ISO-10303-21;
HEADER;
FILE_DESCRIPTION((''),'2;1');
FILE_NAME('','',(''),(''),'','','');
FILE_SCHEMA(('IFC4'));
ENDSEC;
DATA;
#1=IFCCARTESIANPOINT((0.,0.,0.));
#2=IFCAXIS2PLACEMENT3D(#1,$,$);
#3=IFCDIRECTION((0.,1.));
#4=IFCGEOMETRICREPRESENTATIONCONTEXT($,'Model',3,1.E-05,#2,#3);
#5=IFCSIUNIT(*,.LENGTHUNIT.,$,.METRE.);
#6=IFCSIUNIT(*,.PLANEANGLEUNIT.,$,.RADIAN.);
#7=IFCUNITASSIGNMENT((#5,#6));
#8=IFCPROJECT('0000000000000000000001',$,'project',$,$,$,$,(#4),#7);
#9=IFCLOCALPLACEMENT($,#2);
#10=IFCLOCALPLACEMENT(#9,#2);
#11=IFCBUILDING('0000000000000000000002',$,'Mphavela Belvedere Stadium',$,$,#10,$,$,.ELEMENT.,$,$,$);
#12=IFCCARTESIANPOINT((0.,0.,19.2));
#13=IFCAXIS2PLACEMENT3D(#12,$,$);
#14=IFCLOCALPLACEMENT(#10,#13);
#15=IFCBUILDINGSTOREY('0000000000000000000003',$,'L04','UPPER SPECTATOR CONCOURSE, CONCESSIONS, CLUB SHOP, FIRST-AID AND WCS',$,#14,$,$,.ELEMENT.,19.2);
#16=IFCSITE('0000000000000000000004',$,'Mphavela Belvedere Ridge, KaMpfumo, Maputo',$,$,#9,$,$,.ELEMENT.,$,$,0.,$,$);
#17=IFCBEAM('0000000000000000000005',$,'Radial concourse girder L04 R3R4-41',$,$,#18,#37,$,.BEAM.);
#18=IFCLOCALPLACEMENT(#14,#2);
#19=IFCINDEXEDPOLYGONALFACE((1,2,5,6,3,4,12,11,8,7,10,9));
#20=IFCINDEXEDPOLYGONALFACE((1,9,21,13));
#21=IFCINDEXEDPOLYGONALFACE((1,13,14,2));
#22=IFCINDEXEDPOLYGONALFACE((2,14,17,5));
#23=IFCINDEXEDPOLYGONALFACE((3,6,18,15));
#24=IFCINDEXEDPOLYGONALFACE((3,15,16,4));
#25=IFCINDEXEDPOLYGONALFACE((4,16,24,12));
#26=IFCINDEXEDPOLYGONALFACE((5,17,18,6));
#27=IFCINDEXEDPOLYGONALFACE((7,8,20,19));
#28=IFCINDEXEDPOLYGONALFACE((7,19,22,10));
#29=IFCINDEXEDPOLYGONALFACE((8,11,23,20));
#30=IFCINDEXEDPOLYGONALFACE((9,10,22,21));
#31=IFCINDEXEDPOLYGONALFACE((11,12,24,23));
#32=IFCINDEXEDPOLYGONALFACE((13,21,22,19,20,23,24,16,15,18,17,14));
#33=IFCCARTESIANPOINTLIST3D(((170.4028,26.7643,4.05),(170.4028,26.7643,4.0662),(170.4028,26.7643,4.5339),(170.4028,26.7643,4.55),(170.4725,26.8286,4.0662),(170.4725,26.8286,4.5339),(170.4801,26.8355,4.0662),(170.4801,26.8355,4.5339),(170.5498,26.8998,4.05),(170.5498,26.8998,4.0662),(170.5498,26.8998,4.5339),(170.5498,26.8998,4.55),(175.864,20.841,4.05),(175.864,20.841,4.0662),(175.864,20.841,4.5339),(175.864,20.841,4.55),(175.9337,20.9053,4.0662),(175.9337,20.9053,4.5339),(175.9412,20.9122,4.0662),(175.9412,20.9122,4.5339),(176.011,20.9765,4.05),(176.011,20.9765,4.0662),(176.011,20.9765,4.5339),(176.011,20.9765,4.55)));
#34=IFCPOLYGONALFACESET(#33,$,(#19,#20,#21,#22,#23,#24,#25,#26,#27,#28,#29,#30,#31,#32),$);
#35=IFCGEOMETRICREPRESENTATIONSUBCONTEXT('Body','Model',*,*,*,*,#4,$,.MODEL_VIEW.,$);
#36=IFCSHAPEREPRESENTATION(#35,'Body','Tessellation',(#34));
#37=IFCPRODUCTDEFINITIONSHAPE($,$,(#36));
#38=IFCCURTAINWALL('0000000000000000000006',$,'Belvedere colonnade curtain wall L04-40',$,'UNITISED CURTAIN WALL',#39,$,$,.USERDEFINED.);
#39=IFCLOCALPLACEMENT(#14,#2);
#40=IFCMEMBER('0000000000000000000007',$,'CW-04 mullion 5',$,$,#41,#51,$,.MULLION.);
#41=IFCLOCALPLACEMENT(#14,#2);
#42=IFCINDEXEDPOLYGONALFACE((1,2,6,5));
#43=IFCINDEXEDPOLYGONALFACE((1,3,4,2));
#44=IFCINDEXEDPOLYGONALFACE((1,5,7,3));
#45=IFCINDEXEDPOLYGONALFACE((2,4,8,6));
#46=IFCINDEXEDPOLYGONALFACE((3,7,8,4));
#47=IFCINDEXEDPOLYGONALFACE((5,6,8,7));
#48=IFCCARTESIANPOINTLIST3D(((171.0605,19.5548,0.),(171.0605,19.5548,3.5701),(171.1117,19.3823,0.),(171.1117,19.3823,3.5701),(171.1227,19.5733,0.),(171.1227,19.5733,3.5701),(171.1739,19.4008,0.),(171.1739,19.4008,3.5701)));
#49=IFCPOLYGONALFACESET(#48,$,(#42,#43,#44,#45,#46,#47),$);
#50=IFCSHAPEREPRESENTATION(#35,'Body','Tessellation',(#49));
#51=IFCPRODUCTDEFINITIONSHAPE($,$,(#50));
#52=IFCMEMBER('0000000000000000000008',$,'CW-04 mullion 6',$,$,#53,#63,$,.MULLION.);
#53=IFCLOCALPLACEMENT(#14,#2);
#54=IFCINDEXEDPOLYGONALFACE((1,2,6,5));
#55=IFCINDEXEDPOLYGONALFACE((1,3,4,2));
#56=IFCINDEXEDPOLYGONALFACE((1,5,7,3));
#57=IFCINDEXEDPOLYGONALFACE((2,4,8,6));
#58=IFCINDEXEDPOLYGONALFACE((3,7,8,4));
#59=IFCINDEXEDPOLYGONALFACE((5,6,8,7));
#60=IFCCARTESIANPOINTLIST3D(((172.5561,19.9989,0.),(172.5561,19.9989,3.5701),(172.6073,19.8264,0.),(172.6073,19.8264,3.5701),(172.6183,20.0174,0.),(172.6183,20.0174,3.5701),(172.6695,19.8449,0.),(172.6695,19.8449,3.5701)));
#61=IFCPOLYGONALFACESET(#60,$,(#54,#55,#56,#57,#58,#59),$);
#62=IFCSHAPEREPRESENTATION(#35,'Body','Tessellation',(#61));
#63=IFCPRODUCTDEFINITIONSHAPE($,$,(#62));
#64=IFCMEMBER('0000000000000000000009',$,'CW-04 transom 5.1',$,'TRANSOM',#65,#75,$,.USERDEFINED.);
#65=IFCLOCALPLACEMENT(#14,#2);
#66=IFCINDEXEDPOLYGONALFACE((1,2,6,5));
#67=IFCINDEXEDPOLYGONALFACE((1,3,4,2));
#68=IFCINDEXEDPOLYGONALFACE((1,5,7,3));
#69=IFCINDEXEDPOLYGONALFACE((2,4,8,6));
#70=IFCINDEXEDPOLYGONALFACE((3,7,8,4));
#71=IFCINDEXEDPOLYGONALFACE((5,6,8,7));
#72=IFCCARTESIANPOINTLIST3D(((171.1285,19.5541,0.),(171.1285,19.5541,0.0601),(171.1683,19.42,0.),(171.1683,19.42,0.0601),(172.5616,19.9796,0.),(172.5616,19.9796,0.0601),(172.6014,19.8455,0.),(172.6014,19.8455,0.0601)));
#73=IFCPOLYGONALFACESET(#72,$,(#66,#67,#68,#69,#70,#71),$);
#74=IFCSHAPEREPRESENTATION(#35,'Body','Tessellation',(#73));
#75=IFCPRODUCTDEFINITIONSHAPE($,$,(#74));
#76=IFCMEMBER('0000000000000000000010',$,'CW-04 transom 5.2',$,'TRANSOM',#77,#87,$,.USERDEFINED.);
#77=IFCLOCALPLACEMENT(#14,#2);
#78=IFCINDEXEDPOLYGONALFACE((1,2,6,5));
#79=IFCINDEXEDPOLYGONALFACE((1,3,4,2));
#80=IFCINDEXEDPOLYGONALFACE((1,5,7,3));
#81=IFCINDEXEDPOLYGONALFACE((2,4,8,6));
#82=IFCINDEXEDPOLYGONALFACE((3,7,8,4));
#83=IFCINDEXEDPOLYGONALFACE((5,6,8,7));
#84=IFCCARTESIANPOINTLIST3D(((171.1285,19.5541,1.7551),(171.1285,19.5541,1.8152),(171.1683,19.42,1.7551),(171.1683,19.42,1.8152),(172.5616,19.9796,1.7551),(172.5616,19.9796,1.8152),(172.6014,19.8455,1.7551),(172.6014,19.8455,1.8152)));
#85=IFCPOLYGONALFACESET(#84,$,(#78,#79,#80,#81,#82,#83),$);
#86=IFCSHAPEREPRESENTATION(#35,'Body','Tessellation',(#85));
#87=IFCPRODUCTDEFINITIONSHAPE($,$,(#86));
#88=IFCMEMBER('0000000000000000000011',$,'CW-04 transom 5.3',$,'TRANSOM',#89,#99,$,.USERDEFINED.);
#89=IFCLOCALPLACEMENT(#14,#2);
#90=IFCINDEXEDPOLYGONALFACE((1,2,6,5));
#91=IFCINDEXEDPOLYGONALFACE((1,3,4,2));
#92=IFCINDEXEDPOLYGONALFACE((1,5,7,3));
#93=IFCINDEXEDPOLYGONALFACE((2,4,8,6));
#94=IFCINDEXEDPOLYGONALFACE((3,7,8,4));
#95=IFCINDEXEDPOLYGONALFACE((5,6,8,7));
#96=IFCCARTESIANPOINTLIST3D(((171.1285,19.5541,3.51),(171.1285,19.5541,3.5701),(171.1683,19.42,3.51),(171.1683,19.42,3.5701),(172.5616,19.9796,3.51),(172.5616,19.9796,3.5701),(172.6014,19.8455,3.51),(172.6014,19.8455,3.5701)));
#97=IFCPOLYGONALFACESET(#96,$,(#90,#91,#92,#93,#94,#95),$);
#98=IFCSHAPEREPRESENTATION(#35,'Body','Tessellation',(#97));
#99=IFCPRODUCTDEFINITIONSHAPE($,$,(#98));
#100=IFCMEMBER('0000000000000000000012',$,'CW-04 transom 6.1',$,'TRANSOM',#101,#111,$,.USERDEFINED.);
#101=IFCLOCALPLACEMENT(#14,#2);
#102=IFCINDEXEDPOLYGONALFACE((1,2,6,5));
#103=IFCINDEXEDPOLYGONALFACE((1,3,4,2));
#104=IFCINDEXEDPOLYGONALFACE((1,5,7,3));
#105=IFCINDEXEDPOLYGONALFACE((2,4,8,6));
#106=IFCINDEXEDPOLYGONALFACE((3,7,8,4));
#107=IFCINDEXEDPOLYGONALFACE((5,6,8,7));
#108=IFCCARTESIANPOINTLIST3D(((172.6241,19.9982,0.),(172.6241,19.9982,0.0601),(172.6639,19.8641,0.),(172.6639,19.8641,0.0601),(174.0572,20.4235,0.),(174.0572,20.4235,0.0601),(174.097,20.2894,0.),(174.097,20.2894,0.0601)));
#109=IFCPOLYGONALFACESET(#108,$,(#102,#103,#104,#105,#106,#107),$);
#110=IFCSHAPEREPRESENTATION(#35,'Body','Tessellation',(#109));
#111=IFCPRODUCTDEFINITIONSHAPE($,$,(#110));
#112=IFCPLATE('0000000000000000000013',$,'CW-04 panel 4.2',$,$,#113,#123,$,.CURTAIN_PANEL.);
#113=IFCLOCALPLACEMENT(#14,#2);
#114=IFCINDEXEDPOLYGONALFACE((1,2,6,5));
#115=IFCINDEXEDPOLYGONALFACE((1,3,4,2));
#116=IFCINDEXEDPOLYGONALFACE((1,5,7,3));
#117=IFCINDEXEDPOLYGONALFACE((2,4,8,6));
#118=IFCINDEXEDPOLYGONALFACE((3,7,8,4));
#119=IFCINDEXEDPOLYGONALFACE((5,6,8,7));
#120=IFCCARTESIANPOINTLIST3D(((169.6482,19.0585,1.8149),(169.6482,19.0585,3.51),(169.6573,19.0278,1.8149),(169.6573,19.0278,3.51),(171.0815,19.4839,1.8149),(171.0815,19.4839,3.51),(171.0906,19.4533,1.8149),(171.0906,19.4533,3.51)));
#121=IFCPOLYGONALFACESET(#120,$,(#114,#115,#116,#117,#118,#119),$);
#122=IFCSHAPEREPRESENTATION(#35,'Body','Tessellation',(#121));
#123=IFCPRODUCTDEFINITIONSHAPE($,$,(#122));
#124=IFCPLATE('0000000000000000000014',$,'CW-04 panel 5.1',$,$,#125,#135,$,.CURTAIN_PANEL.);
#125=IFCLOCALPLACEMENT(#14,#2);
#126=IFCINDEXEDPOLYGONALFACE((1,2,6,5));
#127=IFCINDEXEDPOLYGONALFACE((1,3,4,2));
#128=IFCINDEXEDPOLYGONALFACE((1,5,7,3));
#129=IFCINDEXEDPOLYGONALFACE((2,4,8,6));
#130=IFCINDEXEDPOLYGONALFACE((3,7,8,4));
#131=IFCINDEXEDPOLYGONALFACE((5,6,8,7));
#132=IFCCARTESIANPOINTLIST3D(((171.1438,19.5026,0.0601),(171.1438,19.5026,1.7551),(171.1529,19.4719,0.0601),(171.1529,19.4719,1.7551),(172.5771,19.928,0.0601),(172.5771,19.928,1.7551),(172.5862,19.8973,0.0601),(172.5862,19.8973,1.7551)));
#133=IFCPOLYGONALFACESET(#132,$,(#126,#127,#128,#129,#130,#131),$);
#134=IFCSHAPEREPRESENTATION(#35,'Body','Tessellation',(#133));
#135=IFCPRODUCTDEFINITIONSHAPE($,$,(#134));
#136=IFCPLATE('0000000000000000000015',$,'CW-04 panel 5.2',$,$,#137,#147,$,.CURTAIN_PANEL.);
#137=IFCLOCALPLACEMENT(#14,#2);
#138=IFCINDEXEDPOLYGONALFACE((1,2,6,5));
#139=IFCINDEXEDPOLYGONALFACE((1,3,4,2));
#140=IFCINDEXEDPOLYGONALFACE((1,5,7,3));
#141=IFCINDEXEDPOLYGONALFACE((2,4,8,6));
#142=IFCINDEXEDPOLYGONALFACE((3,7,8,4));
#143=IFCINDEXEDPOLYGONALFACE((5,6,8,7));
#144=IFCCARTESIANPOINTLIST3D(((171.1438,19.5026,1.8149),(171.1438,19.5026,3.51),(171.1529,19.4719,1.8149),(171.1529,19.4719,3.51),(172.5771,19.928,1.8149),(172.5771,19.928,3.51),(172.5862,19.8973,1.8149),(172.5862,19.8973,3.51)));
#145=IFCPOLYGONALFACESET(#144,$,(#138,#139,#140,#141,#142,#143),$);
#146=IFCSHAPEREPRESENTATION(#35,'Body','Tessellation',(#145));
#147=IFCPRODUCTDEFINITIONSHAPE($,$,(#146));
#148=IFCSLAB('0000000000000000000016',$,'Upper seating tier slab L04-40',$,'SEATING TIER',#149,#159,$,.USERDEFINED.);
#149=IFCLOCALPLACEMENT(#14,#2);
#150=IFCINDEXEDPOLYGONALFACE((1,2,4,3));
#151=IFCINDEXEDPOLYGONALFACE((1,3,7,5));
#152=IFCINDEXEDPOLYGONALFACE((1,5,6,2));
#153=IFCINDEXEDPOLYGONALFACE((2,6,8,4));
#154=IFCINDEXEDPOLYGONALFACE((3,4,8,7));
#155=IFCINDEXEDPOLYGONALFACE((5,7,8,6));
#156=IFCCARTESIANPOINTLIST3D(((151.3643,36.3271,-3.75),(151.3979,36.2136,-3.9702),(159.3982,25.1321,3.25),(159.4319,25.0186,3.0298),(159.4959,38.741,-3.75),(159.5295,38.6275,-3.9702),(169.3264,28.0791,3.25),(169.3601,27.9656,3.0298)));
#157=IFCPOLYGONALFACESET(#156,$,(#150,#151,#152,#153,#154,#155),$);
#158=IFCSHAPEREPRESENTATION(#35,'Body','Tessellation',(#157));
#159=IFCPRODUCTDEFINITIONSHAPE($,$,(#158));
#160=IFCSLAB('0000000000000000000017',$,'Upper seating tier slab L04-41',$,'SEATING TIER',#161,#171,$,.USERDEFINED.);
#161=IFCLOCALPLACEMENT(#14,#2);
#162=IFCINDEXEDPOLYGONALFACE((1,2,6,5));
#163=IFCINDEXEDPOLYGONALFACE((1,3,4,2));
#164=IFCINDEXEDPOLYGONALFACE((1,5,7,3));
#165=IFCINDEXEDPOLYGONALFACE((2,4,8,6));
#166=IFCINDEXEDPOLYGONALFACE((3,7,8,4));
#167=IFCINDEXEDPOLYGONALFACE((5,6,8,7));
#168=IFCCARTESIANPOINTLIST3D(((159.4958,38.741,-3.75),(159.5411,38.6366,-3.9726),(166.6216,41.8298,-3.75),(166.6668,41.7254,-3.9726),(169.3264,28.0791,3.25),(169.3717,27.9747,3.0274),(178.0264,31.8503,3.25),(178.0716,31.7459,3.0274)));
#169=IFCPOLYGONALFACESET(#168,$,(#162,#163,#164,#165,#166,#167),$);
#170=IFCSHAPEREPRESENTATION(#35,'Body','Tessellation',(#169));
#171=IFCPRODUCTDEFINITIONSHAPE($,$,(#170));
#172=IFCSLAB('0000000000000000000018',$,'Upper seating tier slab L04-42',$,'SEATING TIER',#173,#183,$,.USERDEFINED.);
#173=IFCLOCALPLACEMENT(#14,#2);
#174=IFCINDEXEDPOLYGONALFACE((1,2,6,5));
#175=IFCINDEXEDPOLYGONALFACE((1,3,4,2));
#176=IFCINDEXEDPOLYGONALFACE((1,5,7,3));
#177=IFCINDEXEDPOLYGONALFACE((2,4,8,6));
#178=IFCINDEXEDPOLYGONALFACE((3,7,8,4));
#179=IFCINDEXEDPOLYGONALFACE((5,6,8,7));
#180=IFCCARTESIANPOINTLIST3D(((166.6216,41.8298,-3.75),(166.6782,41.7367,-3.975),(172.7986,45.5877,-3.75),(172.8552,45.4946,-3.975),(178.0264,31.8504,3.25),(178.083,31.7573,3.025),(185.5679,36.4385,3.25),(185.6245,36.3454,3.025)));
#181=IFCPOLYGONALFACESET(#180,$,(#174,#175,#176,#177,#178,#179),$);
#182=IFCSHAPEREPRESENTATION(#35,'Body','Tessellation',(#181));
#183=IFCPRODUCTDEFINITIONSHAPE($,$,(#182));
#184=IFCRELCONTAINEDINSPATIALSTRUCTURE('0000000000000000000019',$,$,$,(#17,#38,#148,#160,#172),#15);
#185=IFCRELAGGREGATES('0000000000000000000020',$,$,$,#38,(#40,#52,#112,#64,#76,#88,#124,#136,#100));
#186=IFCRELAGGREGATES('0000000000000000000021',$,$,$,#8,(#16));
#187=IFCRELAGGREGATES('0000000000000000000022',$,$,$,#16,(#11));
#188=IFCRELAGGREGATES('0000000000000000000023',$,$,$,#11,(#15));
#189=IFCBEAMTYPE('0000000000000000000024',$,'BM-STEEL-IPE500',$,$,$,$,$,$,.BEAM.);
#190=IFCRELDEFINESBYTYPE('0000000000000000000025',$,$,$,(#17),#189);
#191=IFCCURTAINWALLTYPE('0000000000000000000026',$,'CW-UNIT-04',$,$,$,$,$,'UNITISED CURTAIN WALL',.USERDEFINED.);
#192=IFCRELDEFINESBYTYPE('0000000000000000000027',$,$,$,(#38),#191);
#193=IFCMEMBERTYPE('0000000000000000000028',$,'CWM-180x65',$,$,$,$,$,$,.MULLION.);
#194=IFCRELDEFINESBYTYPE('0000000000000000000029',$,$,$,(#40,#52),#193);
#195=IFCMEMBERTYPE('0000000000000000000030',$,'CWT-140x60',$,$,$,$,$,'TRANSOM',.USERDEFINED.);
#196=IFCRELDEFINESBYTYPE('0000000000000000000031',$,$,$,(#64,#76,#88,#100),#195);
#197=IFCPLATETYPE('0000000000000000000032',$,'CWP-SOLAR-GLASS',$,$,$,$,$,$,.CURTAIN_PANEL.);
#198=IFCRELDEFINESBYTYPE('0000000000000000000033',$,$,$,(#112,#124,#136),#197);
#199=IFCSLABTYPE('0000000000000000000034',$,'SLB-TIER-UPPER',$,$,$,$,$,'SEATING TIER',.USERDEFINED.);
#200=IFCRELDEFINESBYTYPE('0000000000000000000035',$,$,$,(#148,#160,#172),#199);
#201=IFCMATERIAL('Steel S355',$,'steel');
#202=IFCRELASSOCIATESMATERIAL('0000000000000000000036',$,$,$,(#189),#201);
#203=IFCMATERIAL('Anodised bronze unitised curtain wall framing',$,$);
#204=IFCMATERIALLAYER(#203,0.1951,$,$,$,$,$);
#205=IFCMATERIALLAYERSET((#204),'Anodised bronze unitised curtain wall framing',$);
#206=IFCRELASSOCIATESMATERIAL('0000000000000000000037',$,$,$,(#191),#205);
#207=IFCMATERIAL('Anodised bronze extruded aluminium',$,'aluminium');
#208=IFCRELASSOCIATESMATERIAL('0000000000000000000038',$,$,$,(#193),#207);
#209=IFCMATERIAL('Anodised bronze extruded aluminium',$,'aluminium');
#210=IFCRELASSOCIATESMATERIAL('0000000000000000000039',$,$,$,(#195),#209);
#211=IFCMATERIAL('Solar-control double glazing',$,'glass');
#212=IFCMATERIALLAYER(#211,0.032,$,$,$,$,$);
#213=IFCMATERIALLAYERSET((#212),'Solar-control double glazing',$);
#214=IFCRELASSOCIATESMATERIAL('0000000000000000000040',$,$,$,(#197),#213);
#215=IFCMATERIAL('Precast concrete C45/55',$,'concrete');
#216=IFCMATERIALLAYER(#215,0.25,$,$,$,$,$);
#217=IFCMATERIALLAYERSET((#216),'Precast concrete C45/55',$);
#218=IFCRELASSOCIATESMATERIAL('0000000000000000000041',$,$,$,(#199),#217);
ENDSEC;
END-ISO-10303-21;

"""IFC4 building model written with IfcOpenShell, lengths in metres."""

from ifc_helpers import new_model, si_unit, direction, frame, origin, origin_2d, place, context, subcontext, project, spatial, polyline, rectangle, i_section, outline, extrude, material, layer, layer_set, material_profile, profile_set, type_object, element, aggregate, save


model = new_model("IFC4")

# Units and contexts
model_context = context("Model", 3, precision=1e-05, world=origin(), true_north=direction((0.0, 1.0)))
body_context = subcontext(model_context, "Body", "Model", "MODEL_VIEW")
ifc_project = project(units=[si_unit("LENGTHUNIT", "METRE"), si_unit("PLANEANGLEUNIT", "RADIAN")], contexts=[model_context])

# Site, building, storey
site_placement = place(None, origin())
site = spatial("IfcSite", under=ifc_project, at=site_placement, Name="Mphavela Belvedere Ridge, KaMpfumo, Maputo", CompositionType="ELEMENT", RefElevation=0.0)
building_placement = place(site_placement, origin())
building = spatial("IfcBuilding", under=site, at=building_placement, Name="Mphavela Belvedere Stadium", CompositionType="ELEMENT")
storey_placement = place(building_placement, frame((0.0, 0.0, 19.2)))
storey = spatial("IfcBuildingStorey", under=building, at=storey_placement, Name="L04", Description="UPPER SPECTATOR CONCOURSE, CONCESSIONS, CLUB SHOP, FIRST-AID AND WCS", CompositionType="ELEMENT", Elevation=19.2)

# Beam
ifc_material_1 = material(Name="Steel S355", Category="steel")
ifc_material_profile_1 = material_profile(ifc_material_1, i_section(OverallWidth=0.2, OverallDepth=0.5, WebThickness=0.0103, FlangeThickness=0.0161, at=origin_2d()), Name="IPE 500")
ifc_profile_set_1 = profile_set([ifc_material_profile_1], Name="Steel S355")
beam_type_1 = type_object("IfcBeamType", Name="BM-STEEL-IPE500", PredefinedType="BEAM", material=ifc_profile_set_1)
beam_1_placement = place(storey_placement, frame((170.4763, 26.832, 4.3), z_axis=(0.677843, -0.735206, 0.0), x_axis=(0.735206, 0.677843, 0.0)))
element("IfcBeam", 1, at=beam_1_placement, inside=storey, type_object=beam_type_1, Name="Radial concourse girder L04 R3R4-41", PredefinedType="BEAM", context=body_context, shape_type="SweptSolid", body=[
    extrude(i_section(OverallWidth=0.2, OverallDepth=0.5, WebThickness=0.0103, FlangeThickness=0.0161, at=origin_2d()), origin(), (0.0, 0.0, 1.0), 8.0566),
])

# Curtain wall, members, plates
ifc_material_2 = material(Name="Anodised bronze unitised curtain wall framing")
ifc_layer_1 = layer(ifc_material_2, 0.1951)
ifc_layer_set_1 = layer_set([ifc_layer_1], Name="Anodised bronze unitised curtain wall framing")
curtain_wall_type = type_object("IfcCurtainWallType", Name="CW-UNIT-04", ElementType="UNITISED CURTAIN WALL", PredefinedType="USERDEFINED", material=ifc_layer_set_1)
curtain_wall_placement = place(storey_placement, origin())
curtain_wall = element("IfcCurtainWall", 2, at=curtain_wall_placement, inside=storey, type_object=curtain_wall_type, Name="Belvedere colonnade curtain wall L04-40", ObjectType="UNITISED CURTAIN WALL", PredefinedType="USERDEFINED")
ifc_material_3 = material(Name="Anodised bronze extruded aluminium", Category="aluminium")
ifc_material_profile_2 = material_profile(ifc_material_3, rectangle(XDim=0.1799, YDim=0.0649, at=origin_2d()), Name="CW-MUL 180x65")
ifc_profile_set_2 = profile_set([ifc_material_profile_2], Name="Anodised bronze extruded aluminium")
member_type_1 = type_object("IfcMemberType", Name="CWM-180x65", PredefinedType="MULLION", material=ifc_profile_set_2)
member_1_placement = place(storey_placement, frame((171.1172, 19.4778, 0.0), z_axis=(0.0, 0.0, 1.0), x_axis=(-0.284561, 0.958658, 0.0)))
member_1 = element("IfcMember", 3, at=member_1_placement, type_object=member_type_1, Name="CW-04 mullion 5", PredefinedType="MULLION", context=body_context, shape_type="SweptSolid", body=[
    extrude(rectangle(XDim=0.1799, YDim=0.0649, at=origin_2d()), origin(), (0.0, 0.0, 1.0), 3.5701),
])
member_2_placement = place(storey_placement, frame((172.6128, 19.9219, 0.0), z_axis=(0.0, 0.0, 1.0), x_axis=(-0.284561, 0.958658, 0.0)))
member_2 = element("IfcMember", 4, at=member_2_placement, type_object=member_type_1, Name="CW-04 mullion 6", PredefinedType="MULLION", context=body_context, shape_type="SweptSolid", body=[
    extrude(rectangle(XDim=0.1799, YDim=0.0649, at=origin_2d()), origin(), (0.0, 0.0, 1.0), 3.5701),
])
ifc_material_4 = material(Name="Anodised bronze extruded aluminium", Category="aluminium")
ifc_material_profile_3 = material_profile(ifc_material_4, rectangle(XDim=0.1399, YDim=0.0601, at=origin_2d()), Name="CW-TRN 140x60")
ifc_profile_set_3 = profile_set([ifc_material_profile_3], Name="Anodised bronze extruded aluminium")
member_type_2 = type_object("IfcMemberType", Name="CWT-140x60", ElementType="TRANSOM", PredefinedType="USERDEFINED", material=ifc_profile_set_3)
member_3_placement = place(storey_placement, frame((171.1484, 19.4871, 0.03), z_axis=(0.958632, 0.28465, 0.0), x_axis=(-0.28465, 0.958632, 0.0)))
member_3 = element("IfcMember", 5, at=member_3_placement, type_object=member_type_2, Name="CW-04 transom 5.1", ObjectType="TRANSOM", PredefinedType="USERDEFINED", context=body_context, shape_type="SweptSolid", body=[
    extrude(rectangle(XDim=0.1399, YDim=0.0601, at=origin_2d()), origin(), (0.0, 0.0, 1.0), 1.4949),
])
member_4_placement = place(storey_placement, frame((171.1484, 19.4871, 1.7852), z_axis=(0.958632, 0.28465, 0.0), x_axis=(-0.28465, 0.958632, 0.0)))
member_4 = element("IfcMember", 6, at=member_4_placement, type_object=member_type_2, Name="CW-04 transom 5.2", ObjectType="TRANSOM", PredefinedType="USERDEFINED", context=body_context, shape_type="SweptSolid", body=[
    extrude(rectangle(XDim=0.1399, YDim=0.0601, at=origin_2d()), origin(), (0.0, 0.0, 1.0), 1.4949),
])
member_5_placement = place(storey_placement, frame((171.1484, 19.4871, 3.54), z_axis=(0.958632, 0.28465, 0.0), x_axis=(-0.28465, 0.958632, 0.0)))
member_5 = element("IfcMember", 7, at=member_5_placement, type_object=member_type_2, Name="CW-04 transom 5.3", ObjectType="TRANSOM", PredefinedType="USERDEFINED", context=body_context, shape_type="SweptSolid", body=[
    extrude(rectangle(XDim=0.1399, YDim=0.0601, at=origin_2d()), origin(), (0.0, 0.0, 1.0), 1.4949),
])
member_6_placement = place(storey_placement, frame((172.644, 19.9312, 0.03), z_axis=(0.958676, 0.2845, 0.0), x_axis=(-0.2845, 0.958676, 0.0)))
member_6 = element("IfcMember", 8, at=member_6_placement, type_object=member_type_2, Name="CW-04 transom 6.1", ObjectType="TRANSOM", PredefinedType="USERDEFINED", context=body_context, shape_type="SweptSolid", body=[
    extrude(rectangle(XDim=0.1399, YDim=0.0601, at=origin_2d()), origin(), (0.0, 0.0, 1.0), 1.4949),
])
ifc_material_5 = material(Name="Solar-control double glazing", Category="glass")
ifc_layer_2 = layer(ifc_material_5, 0.032)
ifc_layer_set_2 = layer_set([ifc_layer_2], Name="Solar-control double glazing")
plate_type = type_object("IfcPlateType", Name="CWP-SOLAR-GLASS", PredefinedType="CURTAIN_PANEL", material=ifc_layer_set_2)
plate_1_placement = place(storey_placement, frame((170.3694, 19.2559, 1.8149), z_axis=(0.0, 0.0, 1.0), x_axis=(0.958658, 0.284561, 0.0)))
plate_1 = element("IfcPlate", 9, at=plate_1_placement, type_object=plate_type, Name="CW-04 panel 4.2", PredefinedType="CURTAIN_PANEL", context=body_context, shape_type="SweptSolid", body=[
    extrude(rectangle(XDim=1.4951, YDim=0.032, at=origin_2d()), origin(), (0.0, 0.0, 1.0), 1.6951),
])
plate_2_placement = place(storey_placement, frame((171.865, 19.7, 0.0601), z_axis=(0.0, 0.0, 1.0), x_axis=(0.958658, 0.284561, 0.0)))
plate_2 = element("IfcPlate", 10, at=plate_2_placement, type_object=plate_type, Name="CW-04 panel 5.1", PredefinedType="CURTAIN_PANEL", context=body_context, shape_type="SweptSolid", body=[
    extrude(rectangle(XDim=1.4951, YDim=0.032, at=origin_2d()), origin(), (0.0, 0.0, 1.0), 1.6951),
])
plate_3_placement = place(storey_placement, frame((171.865, 19.7, 1.8149), z_axis=(0.0, 0.0, 1.0), x_axis=(0.958658, 0.284561, 0.0)))
plate_3 = element("IfcPlate", 11, at=plate_3_placement, type_object=plate_type, Name="CW-04 panel 5.2", PredefinedType="CURTAIN_PANEL", context=body_context, shape_type="SweptSolid", body=[
    extrude(rectangle(XDim=1.4951, YDim=0.032, at=origin_2d()), origin(), (0.0, 0.0, 1.0), 1.6951),
])
aggregate(curtain_wall, [member_1, member_2, plate_1, member_3, member_4, member_5, plate_2, plate_3, member_6])

# Slabs
ifc_material_6 = material(Name="Precast concrete C45/55", Category="concrete")
ifc_layer_3 = layer(ifc_material_6, 0.25)
ifc_layer_set_3 = layer_set([ifc_layer_3], Name="Precast concrete C45/55")
slab_type = type_object("IfcSlabType", Name="SLB-TIER-UPPER", ElementType="SEATING TIER", PredefinedType="USERDEFINED", material=ifc_layer_set_3)
slab_1_placement = place(storey_placement, frame((151.3643, 36.3271, -3.75), z_axis=(-0.134764, 0.453999, 0.880752), x_axis=(0.958655, 0.28457, -0.000002)))
element("IfcSlab", 12, at=slab_1_placement, inside=storey, type_object=slab_type, Name="Upper seating tier slab L04-40", ObjectType="SEATING TIER", PredefinedType="USERDEFINED", context=body_context, shape_type="SweptSolid", body=[
    extrude(outline(polyline([(0.0, 0.0), (8.4823, 0.0), (14.8724, -14.7812), (4.516, -14.7811), (0.0, 0.0)])), origin(), (0.0, 0.0, -1.0), 0.25),
])
slab_2_placement = place(storey_placement, frame((159.4958, 38.741, -3.75), z_axis=(-0.181044, 0.417652, 0.890388), x_axis=(0.917506, 0.397721, 0.0)))
element("IfcSlab", 13, at=slab_2_placement, inside=storey, type_object=slab_type, Name="Upper seating tier slab L04-41", ObjectType="SEATING TIER", PredefinedType="USERDEFINED", context=body_context, shape_type="SweptSolid", body=[
    extrude(outline(polyline([(0.0, 0.0), (7.7664, 0.0), (14.2613, -15.3778), (4.7792, -15.3777), (0.0, 0.0)])), origin(), (0.0, 0.0, -1.0), 0.25),
])
slab_3_placement = place(storey_placement, frame((166.6216, 41.8298, -3.75), z_axis=(-0.226552, 0.37239, 0.9), x_axis=(0.854326, 0.519737, 0.000005)))
element("IfcSlab", 14, at=slab_3_placement, inside=storey, type_object=slab_type, Name="Upper seating tier slab L04-42", ObjectType="SEATING TIER", PredefinedType="USERDEFINED", context=body_context, shape_type="SweptSolid", body=[
    extrude(outline(polyline([(0.0, 0.0), (7.2302, 0.0), (13.3843, -16.059), (4.5567, -16.0591), (0.0, 0.0)])), origin(), (0.0, 0.0, -1.0), 0.25),
])

save(model, "model.ifc")
